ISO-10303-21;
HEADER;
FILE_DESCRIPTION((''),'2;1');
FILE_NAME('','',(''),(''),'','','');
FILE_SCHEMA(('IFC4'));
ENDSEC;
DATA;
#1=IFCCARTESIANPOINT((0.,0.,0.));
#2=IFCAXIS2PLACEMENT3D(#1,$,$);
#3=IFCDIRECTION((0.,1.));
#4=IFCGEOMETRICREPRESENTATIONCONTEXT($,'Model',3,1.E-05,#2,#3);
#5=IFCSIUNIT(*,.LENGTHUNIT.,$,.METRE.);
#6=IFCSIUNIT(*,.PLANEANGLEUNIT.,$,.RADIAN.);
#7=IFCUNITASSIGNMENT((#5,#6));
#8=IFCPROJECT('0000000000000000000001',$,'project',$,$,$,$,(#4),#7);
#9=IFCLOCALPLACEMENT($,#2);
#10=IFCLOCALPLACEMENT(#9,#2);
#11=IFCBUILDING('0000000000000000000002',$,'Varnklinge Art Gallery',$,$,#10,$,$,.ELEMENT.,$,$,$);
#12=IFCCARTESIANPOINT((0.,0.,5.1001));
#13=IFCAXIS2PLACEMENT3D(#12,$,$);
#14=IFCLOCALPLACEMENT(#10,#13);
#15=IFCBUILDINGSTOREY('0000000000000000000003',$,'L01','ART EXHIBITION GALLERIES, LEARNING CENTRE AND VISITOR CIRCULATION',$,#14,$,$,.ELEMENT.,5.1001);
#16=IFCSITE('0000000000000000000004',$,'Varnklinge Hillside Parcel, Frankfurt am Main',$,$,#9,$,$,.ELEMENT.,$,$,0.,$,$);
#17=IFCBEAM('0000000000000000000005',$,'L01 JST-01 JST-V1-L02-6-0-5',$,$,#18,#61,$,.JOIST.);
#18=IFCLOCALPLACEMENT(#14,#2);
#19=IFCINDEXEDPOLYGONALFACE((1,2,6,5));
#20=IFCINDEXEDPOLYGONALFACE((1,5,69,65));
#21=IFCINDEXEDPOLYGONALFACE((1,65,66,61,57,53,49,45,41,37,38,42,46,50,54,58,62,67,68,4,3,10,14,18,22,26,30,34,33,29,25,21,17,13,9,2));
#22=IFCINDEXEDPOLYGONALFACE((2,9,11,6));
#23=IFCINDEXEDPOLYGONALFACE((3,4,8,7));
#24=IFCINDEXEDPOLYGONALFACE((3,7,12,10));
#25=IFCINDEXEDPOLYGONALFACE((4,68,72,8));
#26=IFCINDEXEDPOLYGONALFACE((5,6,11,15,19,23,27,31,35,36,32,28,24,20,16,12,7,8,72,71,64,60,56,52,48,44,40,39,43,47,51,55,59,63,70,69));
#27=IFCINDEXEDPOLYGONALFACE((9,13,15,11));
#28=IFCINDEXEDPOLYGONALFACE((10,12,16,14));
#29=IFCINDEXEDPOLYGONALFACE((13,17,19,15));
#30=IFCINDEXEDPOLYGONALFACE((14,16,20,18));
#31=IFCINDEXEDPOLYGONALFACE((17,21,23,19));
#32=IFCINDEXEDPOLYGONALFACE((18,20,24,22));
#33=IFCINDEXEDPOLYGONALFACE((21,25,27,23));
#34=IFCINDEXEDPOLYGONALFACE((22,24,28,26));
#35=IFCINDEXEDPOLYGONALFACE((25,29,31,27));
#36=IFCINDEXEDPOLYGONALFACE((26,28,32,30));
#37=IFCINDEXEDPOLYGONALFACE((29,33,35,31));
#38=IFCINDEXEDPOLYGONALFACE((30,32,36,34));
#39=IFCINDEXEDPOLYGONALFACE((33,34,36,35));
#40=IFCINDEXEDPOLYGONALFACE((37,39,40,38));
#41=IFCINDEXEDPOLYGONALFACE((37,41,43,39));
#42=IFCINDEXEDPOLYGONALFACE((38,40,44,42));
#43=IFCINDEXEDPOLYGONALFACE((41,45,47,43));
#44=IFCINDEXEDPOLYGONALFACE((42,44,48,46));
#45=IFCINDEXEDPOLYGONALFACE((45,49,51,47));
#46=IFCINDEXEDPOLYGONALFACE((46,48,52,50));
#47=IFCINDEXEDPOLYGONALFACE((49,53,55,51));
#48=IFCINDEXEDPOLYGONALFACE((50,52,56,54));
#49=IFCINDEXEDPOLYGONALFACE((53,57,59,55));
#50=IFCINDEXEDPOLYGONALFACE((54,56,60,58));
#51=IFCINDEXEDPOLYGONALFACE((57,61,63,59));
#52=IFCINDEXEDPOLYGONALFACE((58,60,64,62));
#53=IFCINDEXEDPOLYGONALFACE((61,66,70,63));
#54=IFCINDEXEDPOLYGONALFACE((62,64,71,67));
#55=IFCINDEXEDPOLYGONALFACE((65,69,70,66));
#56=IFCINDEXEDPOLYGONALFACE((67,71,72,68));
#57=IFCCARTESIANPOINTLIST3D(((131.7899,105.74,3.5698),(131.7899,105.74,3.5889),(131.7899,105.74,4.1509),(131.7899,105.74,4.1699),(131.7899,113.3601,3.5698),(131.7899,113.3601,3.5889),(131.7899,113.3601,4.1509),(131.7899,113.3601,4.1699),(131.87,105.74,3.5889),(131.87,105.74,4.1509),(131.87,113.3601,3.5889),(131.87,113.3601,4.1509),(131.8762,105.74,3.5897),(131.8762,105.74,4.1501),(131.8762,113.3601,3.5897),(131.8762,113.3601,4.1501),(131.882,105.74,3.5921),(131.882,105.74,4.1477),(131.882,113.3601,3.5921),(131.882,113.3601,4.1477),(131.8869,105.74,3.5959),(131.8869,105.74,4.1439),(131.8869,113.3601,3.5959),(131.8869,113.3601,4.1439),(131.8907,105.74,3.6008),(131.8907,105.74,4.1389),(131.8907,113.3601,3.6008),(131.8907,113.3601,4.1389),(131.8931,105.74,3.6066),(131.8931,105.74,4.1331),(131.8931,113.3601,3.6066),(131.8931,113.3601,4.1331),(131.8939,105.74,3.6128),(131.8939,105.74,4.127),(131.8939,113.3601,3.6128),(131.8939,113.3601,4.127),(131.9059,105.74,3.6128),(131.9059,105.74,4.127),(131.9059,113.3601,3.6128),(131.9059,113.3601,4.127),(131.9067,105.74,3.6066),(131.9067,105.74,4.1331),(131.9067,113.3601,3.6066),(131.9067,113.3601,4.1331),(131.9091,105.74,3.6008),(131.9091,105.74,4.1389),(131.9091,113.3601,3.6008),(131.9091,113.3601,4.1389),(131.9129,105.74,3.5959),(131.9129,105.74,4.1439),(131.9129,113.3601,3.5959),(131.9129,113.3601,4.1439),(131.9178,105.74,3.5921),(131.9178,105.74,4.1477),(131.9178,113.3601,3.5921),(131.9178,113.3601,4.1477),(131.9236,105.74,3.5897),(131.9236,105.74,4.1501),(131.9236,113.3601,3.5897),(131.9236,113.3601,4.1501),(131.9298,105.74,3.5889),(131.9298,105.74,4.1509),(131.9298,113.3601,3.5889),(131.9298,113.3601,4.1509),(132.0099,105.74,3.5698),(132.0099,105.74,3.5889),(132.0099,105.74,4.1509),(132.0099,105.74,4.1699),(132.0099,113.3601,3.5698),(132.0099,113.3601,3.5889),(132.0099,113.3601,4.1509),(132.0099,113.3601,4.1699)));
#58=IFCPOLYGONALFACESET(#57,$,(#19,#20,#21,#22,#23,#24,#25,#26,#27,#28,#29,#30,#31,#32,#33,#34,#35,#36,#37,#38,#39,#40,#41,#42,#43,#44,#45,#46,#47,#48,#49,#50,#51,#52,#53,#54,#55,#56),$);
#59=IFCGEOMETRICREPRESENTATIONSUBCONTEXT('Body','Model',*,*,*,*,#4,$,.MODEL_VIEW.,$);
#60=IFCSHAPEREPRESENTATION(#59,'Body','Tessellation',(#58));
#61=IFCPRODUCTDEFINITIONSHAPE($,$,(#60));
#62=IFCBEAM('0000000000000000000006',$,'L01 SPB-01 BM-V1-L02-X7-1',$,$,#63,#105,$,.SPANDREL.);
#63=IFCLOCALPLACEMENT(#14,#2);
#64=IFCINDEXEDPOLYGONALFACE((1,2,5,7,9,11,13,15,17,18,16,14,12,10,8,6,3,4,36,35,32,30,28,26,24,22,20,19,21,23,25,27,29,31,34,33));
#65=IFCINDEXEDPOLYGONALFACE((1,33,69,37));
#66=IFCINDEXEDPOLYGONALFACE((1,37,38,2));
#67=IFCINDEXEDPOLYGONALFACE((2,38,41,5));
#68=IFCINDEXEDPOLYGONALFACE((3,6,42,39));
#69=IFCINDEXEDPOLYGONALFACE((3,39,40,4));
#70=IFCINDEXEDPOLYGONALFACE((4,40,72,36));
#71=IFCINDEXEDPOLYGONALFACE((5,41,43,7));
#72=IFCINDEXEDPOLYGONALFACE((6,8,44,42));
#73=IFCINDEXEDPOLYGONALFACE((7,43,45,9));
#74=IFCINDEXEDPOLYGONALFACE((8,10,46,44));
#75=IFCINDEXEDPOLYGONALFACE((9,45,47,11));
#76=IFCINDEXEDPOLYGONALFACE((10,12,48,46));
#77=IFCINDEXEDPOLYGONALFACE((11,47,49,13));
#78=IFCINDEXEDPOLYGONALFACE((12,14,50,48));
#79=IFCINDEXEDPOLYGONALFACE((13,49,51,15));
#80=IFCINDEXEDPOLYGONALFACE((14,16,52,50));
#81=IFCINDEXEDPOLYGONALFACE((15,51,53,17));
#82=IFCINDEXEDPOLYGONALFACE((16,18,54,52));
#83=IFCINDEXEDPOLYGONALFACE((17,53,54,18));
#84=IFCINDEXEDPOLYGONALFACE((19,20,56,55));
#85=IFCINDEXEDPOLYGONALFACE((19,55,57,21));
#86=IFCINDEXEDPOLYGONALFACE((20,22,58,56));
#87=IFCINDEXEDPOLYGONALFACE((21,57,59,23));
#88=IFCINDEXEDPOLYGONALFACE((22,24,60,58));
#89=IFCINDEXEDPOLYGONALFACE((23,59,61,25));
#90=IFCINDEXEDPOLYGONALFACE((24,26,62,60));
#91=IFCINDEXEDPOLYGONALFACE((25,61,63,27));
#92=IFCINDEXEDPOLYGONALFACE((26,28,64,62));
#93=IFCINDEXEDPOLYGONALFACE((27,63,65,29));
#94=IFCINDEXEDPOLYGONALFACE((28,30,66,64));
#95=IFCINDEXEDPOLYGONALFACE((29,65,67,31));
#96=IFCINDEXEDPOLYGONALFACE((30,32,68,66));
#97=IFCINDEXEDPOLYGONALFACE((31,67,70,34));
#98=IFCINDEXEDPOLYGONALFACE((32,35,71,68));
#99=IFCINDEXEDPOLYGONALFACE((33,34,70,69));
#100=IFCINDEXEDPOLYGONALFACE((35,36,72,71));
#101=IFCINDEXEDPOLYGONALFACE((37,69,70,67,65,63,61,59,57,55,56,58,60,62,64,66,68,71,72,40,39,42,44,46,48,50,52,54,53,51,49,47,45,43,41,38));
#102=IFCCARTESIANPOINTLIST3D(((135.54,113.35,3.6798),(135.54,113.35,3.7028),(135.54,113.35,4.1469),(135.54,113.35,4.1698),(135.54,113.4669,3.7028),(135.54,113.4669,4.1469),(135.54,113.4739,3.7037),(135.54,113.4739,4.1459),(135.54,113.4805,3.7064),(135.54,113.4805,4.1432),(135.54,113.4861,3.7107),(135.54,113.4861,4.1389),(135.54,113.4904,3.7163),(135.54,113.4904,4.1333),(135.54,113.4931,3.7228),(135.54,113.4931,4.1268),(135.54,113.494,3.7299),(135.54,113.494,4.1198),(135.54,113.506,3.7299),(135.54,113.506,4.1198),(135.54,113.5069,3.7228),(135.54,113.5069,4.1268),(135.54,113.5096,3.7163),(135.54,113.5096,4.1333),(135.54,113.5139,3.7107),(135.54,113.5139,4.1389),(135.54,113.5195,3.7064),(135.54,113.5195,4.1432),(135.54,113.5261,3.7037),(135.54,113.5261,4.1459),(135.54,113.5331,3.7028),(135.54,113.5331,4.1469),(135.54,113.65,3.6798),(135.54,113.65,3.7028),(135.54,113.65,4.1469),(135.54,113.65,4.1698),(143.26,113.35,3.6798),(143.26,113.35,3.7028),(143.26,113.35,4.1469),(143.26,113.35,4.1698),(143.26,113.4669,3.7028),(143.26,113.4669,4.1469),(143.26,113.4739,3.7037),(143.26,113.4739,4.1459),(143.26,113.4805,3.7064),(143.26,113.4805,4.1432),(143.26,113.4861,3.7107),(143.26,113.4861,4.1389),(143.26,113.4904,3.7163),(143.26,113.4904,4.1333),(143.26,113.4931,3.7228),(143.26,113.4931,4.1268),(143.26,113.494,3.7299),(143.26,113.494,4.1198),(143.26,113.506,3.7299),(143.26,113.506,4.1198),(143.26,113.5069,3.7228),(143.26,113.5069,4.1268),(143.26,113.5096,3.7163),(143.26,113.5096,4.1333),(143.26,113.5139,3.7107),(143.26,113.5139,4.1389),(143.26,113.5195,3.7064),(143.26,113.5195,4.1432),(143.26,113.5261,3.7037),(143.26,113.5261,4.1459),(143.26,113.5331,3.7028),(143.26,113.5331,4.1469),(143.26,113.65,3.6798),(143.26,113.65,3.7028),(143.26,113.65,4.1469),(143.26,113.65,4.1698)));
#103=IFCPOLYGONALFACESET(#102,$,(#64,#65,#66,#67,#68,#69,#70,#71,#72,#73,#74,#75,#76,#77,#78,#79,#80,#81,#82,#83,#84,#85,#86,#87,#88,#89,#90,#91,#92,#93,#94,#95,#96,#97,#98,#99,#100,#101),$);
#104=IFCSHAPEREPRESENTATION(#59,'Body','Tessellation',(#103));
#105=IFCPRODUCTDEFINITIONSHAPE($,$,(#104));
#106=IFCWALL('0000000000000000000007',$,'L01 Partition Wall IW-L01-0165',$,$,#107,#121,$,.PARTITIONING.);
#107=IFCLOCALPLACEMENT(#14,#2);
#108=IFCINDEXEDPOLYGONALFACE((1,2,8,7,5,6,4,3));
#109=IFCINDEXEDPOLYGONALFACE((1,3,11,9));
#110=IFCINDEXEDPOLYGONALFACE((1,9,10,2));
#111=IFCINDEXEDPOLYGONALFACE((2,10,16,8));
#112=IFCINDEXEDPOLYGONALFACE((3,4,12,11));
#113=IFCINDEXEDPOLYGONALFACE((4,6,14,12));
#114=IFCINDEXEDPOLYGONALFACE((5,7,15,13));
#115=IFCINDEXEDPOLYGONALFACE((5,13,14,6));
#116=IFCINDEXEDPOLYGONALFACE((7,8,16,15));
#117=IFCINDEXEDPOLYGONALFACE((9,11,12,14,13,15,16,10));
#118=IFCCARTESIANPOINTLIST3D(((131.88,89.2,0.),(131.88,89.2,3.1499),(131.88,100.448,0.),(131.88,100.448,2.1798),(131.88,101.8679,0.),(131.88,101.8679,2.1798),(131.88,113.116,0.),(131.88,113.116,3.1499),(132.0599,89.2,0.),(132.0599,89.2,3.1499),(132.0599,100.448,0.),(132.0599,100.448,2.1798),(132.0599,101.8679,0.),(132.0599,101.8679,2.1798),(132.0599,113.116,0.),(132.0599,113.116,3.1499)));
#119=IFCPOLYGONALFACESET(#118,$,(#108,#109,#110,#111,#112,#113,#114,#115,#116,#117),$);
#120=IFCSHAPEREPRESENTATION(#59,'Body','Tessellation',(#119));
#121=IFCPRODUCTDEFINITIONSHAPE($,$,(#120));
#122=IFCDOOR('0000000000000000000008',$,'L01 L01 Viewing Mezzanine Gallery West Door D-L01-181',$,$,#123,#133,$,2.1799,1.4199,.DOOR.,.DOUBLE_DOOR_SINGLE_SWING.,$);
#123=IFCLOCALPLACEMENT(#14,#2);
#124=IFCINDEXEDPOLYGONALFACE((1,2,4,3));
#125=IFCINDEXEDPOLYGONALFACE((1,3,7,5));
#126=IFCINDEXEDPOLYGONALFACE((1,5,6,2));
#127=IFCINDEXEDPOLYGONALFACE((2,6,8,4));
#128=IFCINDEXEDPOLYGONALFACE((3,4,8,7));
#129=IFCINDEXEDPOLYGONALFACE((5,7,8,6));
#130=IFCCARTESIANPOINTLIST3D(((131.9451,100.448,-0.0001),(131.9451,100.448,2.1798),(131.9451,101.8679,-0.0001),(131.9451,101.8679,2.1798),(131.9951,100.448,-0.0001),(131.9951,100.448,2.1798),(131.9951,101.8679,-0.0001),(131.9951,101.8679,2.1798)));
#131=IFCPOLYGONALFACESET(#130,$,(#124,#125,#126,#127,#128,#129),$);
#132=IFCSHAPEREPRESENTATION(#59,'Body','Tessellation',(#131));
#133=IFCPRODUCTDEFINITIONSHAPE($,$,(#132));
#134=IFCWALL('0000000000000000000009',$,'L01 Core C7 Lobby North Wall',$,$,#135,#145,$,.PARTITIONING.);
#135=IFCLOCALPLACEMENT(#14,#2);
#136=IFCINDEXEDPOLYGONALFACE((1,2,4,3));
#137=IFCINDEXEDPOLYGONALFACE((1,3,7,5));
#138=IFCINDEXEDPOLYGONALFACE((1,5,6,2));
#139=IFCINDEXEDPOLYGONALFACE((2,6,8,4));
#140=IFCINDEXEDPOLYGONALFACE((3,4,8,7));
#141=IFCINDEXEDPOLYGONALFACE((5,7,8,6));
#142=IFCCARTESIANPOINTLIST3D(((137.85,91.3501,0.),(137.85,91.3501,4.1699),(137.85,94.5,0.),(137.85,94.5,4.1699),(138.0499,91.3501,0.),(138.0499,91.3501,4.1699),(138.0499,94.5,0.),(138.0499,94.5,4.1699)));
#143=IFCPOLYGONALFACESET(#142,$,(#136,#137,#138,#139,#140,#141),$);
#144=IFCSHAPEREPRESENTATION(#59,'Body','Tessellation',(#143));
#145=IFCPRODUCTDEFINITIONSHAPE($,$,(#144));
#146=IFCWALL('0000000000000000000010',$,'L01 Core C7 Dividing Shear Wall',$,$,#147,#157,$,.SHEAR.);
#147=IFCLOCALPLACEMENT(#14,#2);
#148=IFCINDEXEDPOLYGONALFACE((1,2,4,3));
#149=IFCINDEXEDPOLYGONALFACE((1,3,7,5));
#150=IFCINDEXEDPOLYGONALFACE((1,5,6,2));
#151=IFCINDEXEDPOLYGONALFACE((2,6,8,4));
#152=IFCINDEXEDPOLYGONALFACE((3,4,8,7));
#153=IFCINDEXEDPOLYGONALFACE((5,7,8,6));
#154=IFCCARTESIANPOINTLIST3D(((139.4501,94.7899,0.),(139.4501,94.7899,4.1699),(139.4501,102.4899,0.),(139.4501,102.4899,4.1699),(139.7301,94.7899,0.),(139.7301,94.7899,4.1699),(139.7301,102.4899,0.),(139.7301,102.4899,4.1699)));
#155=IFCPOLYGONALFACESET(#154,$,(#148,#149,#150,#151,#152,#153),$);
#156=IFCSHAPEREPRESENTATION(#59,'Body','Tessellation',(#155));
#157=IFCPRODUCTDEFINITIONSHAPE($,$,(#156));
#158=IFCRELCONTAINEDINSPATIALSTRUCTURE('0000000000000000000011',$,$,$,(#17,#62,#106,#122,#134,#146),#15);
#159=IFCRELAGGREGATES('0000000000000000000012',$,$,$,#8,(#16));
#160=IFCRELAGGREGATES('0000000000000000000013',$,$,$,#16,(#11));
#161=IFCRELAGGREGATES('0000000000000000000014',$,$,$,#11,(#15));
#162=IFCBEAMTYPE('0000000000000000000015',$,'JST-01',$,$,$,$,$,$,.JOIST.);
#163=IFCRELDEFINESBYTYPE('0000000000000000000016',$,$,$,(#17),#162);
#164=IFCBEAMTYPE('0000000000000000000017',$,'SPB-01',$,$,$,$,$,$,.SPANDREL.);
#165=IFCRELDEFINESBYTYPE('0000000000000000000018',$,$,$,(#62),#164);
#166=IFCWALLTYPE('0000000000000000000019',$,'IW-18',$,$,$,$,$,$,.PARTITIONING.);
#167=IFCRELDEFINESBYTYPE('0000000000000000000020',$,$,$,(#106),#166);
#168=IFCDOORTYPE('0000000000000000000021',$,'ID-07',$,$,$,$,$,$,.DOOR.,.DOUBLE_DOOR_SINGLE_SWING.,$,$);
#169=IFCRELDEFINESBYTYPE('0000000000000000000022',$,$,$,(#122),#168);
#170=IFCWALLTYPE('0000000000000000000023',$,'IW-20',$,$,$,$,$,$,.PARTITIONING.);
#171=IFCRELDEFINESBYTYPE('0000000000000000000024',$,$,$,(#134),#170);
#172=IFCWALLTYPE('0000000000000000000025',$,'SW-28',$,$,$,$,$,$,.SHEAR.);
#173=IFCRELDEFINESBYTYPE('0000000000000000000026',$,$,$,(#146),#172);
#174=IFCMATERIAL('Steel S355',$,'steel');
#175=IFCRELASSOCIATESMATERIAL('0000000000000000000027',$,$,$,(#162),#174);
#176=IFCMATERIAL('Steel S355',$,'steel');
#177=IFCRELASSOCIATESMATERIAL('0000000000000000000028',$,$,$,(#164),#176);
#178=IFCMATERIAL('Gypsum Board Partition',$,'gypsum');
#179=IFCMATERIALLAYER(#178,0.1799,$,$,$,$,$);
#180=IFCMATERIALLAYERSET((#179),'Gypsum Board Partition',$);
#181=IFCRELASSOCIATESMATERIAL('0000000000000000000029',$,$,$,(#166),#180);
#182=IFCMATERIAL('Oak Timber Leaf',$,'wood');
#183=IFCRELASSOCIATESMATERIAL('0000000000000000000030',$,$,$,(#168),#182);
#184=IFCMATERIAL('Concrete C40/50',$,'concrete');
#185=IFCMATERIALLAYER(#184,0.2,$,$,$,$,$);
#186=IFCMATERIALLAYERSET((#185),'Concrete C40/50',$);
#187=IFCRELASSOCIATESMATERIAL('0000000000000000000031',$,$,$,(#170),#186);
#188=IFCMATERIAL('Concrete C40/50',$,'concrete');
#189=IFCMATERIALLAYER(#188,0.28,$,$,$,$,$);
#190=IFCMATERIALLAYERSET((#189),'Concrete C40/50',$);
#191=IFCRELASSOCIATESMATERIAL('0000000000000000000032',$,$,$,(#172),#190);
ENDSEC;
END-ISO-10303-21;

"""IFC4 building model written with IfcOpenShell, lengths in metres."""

from ifc_helpers import new_model, si_unit, direction, frame, frame_2d, origin, origin_2d, place, context, subcontext, project, spatial, rectangle, i_section, extrude, material, layer, layer_set, material_profile, profile_set, type_object, element, fill, save


model = new_model("IFC4")

# Units and contexts
model_context = context("Model", 3, precision=1e-05, world=origin(), true_north=direction((0.0, 1.0)))
body_context = subcontext(model_context, "Body", "Model", "MODEL_VIEW")
ifc_project = project(units=[si_unit("LENGTHUNIT", "METRE"), si_unit("PLANEANGLEUNIT", "RADIAN")], contexts=[model_context])

# Site, building, storey
site_placement = place(None, origin())
site = spatial("IfcSite", under=ifc_project, at=site_placement, Name="Varnklinge Hillside Parcel, Frankfurt am Main", CompositionType="ELEMENT", RefElevation=0.0)
building_placement = place(site_placement, origin())
building = spatial("IfcBuilding", under=site, at=building_placement, Name="Varnklinge Art Gallery", CompositionType="ELEMENT")
storey_placement = place(building_placement, frame((0.0, 0.0, 5.1001)))
storey = spatial("IfcBuildingStorey", under=building, at=storey_placement, Name="L01", Description="ART EXHIBITION GALLERIES, LEARNING CENTRE AND VISITOR CIRCULATION", CompositionType="ELEMENT", Elevation=5.1001)

# Beams
ifc_material_1 = material(Name="Steel S355", Category="steel")
ifc_material_profile_1 = material_profile(ifc_material_1, i_section(OverallWidth=0.22, OverallDepth=0.6001, WebThickness=0.012, FlangeThickness=0.019, FilletRadius=0.0239, at=origin_2d()), Name="IPE 600")
ifc_profile_set_1 = profile_set([ifc_material_profile_1], Name="Steel S355")
beam_type_1 = type_object("IfcBeamType", Name="JST-01", PredefinedType="JOIST", material=ifc_profile_set_1)
for number, where, z_axis, x_axis, name in (
    (1, (131.8999, 105.74, 3.8699), (0.0, 1.0, 0.0), (-1.0, 0.0, 0.0), "L01 JST-01 JST-V1-L02-6-0-5"),
):
    element("IfcBeam", number, at=place(storey_placement, frame(where, z_axis=z_axis, x_axis=x_axis)), inside=storey, type_object=beam_type_1, Name=name, PredefinedType="JOIST", context=body_context, shape_type="SweptSolid", body=[
        extrude(i_section(OverallWidth=0.22, OverallDepth=0.6001, WebThickness=0.012, FlangeThickness=0.019, FilletRadius=0.0239, at=origin_2d()), origin(), (0.0, 0.0, 1.0), 7.6201),
    ])
ifc_material_2 = material(Name="Steel S355", Category="steel")
ifc_material_profile_2 = material_profile(ifc_material_2, i_section(OverallWidth=0.3, OverallDepth=0.49, WebThickness=0.012, FlangeThickness=0.0229, FilletRadius=0.0271, at=origin_2d()), Name="HEA 500")
ifc_profile_set_2 = profile_set([ifc_material_profile_2], Name="Steel S355")
beam_type_2 = type_object("IfcBeamType", Name="SPB-01", PredefinedType="SPANDREL", material=ifc_profile_set_2)
beam_1_placement = place(storey_placement, frame((135.54, 113.5, 3.9248), z_axis=(1.0, 0.0, 0.0), x_axis=(0.0, 1.0, 0.0)))
element("IfcBeam", 2, at=beam_1_placement, inside=storey, type_object=beam_type_2, Name="L01 SPB-01 BM-V1-L02-X7-1", PredefinedType="SPANDREL", context=body_context, shape_type="SweptSolid", body=[
    extrude(i_section(OverallWidth=0.3, OverallDepth=0.49, WebThickness=0.012, FlangeThickness=0.0229, FilletRadius=0.0271, at=origin_2d()), origin(), (0.0, 0.0, 1.0), 7.72),
])

# Wall, opening, door
ifc_material_3 = material(Name="Gypsum Board Partition", Category="gypsum")
ifc_layer_1 = layer(ifc_material_3, 0.1799)
ifc_layer_set_1 = layer_set([ifc_layer_1], Name="Gypsum Board Partition")
wall_type_1 = type_object("IfcWallType", Name="IW-18", PredefinedType="PARTITIONING", material=ifc_layer_set_1)
wall_1_placement = place(storey_placement, frame((131.97, 89.2, 0.0), z_axis=(0.0, 0.0, 1.0), x_axis=(0.0, 1.0, 0.0)))
wall_1 = element("IfcWall", 3, at=wall_1_placement, inside=storey, type_object=wall_type_1, Name="L01 Partition Wall IW-L01-0165", PredefinedType="PARTITIONING", context=body_context, shape_type="SweptSolid", body=[
    extrude(rectangle(XDim=23.916, YDim=0.1799, at=frame_2d((11.958, 0.0))), origin(), (0.0, 0.0, 1.0), 3.1499),
])
opening_1_placement = place(wall_1_placement, frame((11.248, 0.0, 0.0)))
opening_1 = element("IfcOpeningElement", 4, at=opening_1_placement, cuts=wall_1, PredefinedType="OPENING", context=body_context, shape_type="SweptSolid", body=[
    extrude(rectangle(XDim=1.4199, YDim=2.1799, at=frame_2d((0.71, 1.0898))), frame((0.0, 0.0999, 0.0), z_axis=(0.0, -1.0, 0.0), x_axis=(1.0, 0.0, 0.0)), (0.0, 0.0, 1.0), 0.2),
])
ifc_material_4 = material(Name="Oak Timber Leaf", Category="wood")
door_type_1 = type_object("IfcDoorType", Name="ID-07", OperationType="DOUBLE_DOOR_SINGLE_SWING", PredefinedType="DOOR", material=ifc_material_4)
door_1_placement = place(opening_1_placement, origin())
door_1 = element("IfcDoor", 5, at=door_1_placement, inside=storey, type_object=door_type_1, Name="L01 L01 Viewing Mezzanine Gallery West Door D-L01-181", OperationType="DOUBLE_DOOR_SINGLE_SWING", OverallHeight=2.1799, OverallWidth=1.4199, PredefinedType="DOOR", context=body_context, shape_type="SweptSolid", body=[
    extrude(rectangle(XDim=1.4199, YDim=2.1799, at=frame_2d((0.71, 1.0898))), frame((0.0, 0.0249, 0.0), z_axis=(0.0, -1.0, 0.0), x_axis=(1.0, 0.0, 0.0)), (0.0, 0.0, 1.0), 0.05),
])
fill(opening_1, door_1)

# Walls
ifc_material_5 = material(Name="Concrete C40/50", Category="concrete")
ifc_layer_2 = layer(ifc_material_5, 0.2)
ifc_layer_set_2 = layer_set([ifc_layer_2], Name="Concrete C40/50")
wall_type_2 = type_object("IfcWallType", Name="IW-20", PredefinedType="PARTITIONING", material=ifc_layer_set_2)
wall_2_placement = place(storey_placement, frame((137.95, 94.5, 0.0), z_axis=(0.0, 0.0, 1.0), x_axis=(0.0, -1.0, 0.0)))
element("IfcWall", 6, at=wall_2_placement, inside=storey, type_object=wall_type_2, Name="L01 Core C7 Lobby North Wall", PredefinedType="PARTITIONING", context=body_context, shape_type="SweptSolid", body=[
    extrude(rectangle(XDim=3.1499, YDim=0.2, at=frame_2d((1.575, 0.0))), origin(), (0.0, 0.0, 1.0), 4.1699),
])
ifc_material_6 = material(Name="Concrete C40/50", Category="concrete")
ifc_layer_3 = layer(ifc_material_6, 0.28)
ifc_layer_set_3 = layer_set([ifc_layer_3], Name="Concrete C40/50")
wall_type_3 = type_object("IfcWallType", Name="SW-28", PredefinedType="SHEAR", material=ifc_layer_set_3)
wall_3_placement = place(storey_placement, frame((139.5901, 102.49, 0.0), z_axis=(0.0, 0.0, 1.0), x_axis=(0.0, -1.0, 0.0)))
element("IfcWall", 7, at=wall_3_placement, inside=storey, type_object=wall_type_3, Name="L01 Core C7 Dividing Shear Wall", PredefinedType="SHEAR", context=body_context, shape_type="SweptSolid", body=[
    extrude(rectangle(XDim=7.7, YDim=0.28, at=frame_2d((3.8501, 0.0))), origin(), (0.0, 0.0, 1.0), 4.1699),
])

save(model, "model.ifc")
